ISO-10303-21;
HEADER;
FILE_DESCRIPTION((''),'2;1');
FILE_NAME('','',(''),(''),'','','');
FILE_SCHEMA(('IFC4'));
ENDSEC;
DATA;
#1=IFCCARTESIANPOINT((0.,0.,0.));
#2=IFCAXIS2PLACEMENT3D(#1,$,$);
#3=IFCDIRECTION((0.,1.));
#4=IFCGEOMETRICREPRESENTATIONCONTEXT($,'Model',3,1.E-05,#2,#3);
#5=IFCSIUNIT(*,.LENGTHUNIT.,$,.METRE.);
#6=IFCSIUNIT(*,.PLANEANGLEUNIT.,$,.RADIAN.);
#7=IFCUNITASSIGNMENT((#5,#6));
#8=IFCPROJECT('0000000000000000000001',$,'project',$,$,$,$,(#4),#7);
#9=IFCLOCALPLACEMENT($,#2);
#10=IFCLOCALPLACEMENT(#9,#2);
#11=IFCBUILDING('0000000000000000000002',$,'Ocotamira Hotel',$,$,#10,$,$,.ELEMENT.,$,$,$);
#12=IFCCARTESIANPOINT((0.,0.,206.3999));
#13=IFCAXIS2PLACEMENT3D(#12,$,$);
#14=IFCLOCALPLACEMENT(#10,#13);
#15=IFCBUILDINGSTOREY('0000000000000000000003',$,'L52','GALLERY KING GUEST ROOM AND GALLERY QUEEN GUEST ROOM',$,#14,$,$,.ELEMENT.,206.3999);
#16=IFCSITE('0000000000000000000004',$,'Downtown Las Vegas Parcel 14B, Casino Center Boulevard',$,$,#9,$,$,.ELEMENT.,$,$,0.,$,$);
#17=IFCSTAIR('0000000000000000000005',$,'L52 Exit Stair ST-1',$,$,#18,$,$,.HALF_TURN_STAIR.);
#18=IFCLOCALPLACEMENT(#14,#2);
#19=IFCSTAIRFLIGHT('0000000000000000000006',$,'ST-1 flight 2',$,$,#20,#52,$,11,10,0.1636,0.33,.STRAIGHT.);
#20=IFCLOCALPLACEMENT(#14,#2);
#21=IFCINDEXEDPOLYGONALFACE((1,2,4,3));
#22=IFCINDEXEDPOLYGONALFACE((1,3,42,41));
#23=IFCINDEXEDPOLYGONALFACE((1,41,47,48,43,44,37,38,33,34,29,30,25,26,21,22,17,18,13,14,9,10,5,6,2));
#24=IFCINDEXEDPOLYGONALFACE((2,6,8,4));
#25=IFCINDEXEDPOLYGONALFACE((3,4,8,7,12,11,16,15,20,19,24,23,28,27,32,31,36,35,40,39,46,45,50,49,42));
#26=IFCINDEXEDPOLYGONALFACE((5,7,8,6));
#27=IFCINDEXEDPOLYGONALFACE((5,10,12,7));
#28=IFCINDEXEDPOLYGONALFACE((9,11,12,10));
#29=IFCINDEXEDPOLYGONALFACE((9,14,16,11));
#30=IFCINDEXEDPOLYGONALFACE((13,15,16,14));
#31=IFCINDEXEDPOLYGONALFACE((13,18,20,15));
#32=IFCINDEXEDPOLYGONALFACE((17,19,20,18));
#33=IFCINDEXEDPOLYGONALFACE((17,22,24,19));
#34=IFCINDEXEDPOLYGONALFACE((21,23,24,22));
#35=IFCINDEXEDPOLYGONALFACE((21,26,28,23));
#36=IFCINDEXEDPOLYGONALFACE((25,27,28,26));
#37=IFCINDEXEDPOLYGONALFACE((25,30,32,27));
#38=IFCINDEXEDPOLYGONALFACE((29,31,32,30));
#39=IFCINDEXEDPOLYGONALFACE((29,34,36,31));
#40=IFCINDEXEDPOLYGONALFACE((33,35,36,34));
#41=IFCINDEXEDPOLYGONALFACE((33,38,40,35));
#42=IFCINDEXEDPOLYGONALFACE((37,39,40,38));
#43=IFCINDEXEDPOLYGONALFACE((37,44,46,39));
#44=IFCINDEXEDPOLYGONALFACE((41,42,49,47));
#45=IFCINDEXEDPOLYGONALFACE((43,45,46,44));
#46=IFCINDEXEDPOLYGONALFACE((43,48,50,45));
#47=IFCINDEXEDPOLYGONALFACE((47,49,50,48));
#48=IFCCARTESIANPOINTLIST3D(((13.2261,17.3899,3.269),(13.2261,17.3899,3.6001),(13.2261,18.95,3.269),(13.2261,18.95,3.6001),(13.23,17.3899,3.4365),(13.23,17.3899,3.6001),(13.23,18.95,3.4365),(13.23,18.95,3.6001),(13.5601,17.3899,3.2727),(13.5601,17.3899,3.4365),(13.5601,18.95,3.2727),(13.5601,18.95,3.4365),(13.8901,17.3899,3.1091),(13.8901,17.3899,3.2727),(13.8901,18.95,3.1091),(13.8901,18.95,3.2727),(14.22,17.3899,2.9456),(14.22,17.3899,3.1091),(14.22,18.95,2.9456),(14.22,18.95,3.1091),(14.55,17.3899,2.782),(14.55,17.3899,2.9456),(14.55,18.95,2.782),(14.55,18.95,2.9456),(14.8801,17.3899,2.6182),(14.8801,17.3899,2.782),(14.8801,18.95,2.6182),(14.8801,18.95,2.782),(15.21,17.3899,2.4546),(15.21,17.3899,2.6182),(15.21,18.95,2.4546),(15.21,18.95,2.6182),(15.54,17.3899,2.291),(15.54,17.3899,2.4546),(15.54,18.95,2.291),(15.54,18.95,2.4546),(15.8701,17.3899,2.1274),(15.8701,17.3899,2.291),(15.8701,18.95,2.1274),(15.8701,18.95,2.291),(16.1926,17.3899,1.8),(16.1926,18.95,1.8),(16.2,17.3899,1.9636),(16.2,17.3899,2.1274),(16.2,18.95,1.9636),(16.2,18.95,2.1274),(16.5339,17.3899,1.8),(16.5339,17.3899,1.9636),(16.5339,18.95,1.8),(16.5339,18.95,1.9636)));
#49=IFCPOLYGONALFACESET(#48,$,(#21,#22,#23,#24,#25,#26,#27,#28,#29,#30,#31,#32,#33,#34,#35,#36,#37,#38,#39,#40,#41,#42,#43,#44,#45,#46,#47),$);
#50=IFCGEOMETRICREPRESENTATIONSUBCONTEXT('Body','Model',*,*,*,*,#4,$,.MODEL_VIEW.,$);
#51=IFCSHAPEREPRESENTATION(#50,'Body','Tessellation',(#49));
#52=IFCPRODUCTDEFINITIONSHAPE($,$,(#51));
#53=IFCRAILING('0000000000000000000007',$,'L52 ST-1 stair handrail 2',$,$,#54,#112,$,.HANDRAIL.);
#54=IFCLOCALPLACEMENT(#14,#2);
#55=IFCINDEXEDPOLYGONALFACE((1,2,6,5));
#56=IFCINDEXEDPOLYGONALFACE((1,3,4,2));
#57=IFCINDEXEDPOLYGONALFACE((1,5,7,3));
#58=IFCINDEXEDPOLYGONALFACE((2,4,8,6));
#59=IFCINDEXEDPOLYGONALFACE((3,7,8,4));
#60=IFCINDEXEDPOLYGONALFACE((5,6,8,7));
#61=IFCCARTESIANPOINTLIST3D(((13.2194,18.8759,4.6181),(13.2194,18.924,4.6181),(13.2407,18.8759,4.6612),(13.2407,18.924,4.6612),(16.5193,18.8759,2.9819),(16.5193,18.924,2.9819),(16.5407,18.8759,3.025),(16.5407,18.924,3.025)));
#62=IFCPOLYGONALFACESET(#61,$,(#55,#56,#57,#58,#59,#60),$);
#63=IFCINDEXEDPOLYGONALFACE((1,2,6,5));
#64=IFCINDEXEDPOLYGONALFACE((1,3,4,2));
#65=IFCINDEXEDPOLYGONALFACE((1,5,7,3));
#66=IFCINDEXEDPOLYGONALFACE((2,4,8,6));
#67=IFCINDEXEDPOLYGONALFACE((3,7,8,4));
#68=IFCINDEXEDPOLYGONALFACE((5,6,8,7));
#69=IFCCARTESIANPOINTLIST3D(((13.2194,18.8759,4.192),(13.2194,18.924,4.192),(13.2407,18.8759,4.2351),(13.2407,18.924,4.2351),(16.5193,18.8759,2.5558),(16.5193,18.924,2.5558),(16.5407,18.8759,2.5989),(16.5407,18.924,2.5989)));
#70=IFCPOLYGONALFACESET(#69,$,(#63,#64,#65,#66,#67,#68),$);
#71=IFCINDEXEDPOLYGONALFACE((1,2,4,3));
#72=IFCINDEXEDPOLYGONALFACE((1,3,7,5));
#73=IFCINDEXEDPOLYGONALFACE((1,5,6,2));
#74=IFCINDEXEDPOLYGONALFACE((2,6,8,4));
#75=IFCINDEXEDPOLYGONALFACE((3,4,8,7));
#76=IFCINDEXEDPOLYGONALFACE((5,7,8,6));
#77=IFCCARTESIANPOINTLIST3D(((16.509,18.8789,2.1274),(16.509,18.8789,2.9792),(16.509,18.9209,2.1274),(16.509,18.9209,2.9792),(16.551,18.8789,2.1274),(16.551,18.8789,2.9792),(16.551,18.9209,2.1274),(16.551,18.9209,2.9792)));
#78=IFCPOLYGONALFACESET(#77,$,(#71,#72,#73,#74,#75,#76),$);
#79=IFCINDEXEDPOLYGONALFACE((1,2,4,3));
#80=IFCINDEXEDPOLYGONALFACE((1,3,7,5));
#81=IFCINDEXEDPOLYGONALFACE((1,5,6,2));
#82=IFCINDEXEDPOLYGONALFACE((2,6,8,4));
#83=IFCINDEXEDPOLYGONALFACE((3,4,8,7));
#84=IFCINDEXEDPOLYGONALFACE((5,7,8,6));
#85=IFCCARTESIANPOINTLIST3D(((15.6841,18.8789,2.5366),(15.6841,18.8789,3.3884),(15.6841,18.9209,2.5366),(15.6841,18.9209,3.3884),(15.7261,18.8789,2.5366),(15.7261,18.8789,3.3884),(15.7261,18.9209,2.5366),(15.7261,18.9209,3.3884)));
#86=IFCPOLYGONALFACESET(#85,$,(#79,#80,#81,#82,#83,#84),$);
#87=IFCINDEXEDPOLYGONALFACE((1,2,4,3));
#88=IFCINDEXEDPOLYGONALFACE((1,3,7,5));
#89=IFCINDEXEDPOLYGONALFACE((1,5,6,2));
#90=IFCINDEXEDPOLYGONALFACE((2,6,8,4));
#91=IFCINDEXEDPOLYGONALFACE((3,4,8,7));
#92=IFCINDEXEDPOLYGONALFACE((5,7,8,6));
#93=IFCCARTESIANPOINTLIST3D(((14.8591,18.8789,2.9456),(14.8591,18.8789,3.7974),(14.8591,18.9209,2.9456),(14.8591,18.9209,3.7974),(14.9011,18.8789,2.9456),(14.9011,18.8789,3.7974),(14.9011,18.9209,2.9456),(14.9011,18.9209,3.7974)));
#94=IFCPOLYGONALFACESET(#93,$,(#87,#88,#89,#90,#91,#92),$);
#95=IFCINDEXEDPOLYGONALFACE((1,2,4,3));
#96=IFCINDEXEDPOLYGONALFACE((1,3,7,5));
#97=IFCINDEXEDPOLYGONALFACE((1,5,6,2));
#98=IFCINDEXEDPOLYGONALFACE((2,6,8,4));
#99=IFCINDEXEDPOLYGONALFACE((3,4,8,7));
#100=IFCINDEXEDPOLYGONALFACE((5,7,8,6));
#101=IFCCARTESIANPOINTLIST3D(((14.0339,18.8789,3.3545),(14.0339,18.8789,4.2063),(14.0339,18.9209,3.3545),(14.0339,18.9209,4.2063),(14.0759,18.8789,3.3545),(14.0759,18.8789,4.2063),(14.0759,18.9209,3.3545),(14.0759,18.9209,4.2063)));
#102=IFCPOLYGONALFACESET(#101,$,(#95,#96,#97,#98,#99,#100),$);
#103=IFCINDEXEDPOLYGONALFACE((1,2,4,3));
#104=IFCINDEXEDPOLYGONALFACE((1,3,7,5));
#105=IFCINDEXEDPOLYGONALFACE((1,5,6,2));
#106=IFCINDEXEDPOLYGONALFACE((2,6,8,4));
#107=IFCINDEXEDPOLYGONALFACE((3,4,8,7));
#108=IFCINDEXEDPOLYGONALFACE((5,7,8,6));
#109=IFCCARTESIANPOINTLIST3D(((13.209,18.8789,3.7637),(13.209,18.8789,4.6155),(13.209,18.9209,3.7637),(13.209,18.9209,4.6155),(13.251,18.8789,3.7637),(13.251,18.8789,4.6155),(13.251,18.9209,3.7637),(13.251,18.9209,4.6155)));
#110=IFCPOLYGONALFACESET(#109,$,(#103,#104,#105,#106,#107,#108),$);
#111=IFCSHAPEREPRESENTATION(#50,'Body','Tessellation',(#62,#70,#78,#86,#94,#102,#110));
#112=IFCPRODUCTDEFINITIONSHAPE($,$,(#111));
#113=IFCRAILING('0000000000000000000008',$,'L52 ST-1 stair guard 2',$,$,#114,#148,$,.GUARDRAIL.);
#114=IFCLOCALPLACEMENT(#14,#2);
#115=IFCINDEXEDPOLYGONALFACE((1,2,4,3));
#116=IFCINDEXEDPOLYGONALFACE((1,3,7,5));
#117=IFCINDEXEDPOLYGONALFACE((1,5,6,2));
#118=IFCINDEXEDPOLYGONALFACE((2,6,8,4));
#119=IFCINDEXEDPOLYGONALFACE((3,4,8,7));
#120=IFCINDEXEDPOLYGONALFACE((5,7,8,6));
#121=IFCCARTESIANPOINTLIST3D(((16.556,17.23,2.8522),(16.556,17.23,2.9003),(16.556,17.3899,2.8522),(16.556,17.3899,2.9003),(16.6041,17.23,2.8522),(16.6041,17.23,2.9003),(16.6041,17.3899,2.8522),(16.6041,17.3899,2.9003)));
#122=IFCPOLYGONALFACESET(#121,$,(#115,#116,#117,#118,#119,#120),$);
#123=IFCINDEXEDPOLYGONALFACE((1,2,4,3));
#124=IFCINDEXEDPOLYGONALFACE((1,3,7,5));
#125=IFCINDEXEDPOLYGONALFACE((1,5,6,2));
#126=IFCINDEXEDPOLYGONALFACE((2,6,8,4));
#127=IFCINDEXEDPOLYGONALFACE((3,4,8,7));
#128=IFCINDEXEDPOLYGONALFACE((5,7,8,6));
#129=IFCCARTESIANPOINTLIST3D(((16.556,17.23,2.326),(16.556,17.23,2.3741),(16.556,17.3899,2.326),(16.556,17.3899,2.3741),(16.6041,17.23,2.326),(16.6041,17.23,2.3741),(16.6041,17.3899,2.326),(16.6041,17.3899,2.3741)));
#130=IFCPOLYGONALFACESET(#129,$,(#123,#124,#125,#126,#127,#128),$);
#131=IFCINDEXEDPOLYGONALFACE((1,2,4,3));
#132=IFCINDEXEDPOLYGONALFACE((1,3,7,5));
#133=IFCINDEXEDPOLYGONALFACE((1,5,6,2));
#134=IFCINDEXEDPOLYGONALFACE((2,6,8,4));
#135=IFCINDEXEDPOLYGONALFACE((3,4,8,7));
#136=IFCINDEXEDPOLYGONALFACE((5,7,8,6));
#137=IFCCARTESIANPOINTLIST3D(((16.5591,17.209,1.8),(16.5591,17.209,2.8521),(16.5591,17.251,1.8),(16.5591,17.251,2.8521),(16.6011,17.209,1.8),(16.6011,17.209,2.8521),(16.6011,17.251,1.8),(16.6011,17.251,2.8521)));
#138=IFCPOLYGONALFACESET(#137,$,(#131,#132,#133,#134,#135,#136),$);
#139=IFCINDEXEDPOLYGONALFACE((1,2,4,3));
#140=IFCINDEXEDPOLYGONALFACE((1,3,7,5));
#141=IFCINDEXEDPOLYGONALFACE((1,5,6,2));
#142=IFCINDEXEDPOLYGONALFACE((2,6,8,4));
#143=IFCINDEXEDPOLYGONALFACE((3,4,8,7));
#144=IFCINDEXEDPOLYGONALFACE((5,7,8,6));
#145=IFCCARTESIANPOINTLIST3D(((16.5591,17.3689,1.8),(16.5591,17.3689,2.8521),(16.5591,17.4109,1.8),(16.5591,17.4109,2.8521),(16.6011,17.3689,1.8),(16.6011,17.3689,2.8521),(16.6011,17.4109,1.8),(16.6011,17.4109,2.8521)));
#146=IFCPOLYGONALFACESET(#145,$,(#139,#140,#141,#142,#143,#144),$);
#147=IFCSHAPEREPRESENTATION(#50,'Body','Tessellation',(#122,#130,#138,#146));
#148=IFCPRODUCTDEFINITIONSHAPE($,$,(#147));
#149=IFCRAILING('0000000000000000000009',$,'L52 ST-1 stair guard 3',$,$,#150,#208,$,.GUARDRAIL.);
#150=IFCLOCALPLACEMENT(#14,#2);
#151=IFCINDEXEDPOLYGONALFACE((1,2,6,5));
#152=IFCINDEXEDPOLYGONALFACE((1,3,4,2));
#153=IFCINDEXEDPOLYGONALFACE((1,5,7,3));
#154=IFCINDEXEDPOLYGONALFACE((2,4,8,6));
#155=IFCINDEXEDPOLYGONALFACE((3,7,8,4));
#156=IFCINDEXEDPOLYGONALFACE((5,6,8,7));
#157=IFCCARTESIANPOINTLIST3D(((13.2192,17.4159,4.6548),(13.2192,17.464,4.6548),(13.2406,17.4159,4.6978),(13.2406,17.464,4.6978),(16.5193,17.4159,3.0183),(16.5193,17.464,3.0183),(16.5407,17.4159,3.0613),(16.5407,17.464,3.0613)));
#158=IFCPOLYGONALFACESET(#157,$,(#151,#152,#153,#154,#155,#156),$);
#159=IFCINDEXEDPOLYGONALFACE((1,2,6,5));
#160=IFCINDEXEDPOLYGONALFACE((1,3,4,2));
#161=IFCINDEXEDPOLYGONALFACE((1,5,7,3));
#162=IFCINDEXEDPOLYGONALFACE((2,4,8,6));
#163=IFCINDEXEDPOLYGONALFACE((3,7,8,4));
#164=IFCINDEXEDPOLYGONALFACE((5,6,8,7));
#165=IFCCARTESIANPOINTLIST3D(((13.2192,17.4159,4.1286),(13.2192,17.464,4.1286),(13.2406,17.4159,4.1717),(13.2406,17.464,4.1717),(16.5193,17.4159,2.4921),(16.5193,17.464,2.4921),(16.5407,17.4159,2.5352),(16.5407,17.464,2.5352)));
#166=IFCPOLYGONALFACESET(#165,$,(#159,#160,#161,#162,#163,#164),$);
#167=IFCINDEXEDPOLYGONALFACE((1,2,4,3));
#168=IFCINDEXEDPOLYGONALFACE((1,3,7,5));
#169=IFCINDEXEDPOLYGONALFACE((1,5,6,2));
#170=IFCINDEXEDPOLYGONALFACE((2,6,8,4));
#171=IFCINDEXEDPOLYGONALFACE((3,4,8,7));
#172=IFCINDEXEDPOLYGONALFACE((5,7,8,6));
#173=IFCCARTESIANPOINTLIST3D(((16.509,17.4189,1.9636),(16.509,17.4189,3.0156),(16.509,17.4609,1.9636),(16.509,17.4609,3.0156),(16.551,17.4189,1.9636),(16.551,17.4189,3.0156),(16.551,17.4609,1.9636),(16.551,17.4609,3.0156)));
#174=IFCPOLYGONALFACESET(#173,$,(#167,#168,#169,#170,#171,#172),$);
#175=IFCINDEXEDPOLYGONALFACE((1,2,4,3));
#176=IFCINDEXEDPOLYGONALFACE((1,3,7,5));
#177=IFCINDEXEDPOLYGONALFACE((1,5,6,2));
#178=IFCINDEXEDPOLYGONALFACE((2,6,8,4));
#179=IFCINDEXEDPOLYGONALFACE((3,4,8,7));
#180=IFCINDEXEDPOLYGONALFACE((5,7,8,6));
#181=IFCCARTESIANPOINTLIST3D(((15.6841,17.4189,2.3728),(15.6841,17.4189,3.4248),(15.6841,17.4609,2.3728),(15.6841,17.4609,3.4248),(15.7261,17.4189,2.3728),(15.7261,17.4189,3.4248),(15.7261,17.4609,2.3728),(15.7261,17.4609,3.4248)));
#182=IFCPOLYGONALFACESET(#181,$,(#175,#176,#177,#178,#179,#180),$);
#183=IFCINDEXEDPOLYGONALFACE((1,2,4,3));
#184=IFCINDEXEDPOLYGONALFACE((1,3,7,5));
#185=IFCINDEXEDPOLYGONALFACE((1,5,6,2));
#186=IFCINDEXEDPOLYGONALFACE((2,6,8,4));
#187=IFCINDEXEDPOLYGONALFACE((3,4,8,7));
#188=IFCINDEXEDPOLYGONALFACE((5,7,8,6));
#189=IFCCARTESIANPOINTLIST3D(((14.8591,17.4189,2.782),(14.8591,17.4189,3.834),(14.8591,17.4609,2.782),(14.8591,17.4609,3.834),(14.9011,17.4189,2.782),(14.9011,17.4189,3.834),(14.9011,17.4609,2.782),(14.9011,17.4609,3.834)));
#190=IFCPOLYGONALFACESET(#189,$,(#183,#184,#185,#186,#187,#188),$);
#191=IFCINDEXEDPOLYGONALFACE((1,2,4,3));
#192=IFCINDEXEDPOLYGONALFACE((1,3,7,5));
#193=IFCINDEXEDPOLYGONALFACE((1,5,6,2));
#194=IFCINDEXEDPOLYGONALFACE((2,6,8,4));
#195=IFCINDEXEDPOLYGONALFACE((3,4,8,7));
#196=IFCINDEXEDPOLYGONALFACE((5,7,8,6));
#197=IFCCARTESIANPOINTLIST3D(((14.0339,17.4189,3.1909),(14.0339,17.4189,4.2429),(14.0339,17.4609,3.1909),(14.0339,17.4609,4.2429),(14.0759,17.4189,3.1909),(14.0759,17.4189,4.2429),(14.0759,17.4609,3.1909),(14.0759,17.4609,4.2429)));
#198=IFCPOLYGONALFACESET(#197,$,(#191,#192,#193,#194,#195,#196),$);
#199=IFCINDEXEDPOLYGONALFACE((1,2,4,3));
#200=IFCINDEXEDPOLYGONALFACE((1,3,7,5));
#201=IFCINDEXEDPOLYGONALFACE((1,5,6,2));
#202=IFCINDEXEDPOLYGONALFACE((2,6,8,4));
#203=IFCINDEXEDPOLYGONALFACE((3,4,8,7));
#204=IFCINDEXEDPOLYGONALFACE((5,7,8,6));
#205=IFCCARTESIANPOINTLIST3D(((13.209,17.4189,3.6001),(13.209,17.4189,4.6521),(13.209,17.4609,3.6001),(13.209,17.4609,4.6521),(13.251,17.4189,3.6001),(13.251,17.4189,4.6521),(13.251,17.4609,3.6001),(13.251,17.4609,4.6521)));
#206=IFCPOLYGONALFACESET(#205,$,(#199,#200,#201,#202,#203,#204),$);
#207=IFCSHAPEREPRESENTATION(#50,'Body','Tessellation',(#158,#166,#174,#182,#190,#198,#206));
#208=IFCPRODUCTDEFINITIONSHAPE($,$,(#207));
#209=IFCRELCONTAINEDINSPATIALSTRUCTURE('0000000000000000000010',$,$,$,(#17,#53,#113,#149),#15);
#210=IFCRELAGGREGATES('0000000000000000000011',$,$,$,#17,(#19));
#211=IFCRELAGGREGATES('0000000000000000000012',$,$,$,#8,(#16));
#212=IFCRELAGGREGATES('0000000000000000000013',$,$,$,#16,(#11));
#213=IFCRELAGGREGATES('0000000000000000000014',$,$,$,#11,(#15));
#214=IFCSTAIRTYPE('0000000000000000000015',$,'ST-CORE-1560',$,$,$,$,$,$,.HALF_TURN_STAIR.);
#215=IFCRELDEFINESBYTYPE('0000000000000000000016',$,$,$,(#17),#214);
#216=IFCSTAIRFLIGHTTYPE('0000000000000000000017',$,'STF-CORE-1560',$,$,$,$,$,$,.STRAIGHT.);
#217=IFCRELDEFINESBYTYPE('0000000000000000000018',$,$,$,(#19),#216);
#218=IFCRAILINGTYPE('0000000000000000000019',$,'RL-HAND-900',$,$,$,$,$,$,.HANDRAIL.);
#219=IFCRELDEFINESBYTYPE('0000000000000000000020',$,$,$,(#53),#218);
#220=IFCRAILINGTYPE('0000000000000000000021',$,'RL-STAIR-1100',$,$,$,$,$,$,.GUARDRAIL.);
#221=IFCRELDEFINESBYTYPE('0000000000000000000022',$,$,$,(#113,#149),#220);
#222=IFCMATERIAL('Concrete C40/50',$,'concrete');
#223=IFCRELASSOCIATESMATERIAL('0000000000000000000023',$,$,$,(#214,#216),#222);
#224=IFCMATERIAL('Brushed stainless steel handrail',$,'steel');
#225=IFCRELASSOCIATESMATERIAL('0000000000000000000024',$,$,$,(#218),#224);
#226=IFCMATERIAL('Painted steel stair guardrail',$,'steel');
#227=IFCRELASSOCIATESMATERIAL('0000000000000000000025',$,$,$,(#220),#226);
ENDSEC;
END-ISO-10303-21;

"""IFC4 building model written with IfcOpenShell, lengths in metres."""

from ifc_helpers import new_model, si_unit, direction, frame, origin, origin_2d, place, context, subcontext, project, spatial, polyline, rectangle, outline, extrude, source, transform, mapped, material, type_object, element, aggregate, save


model = new_model("IFC4")

# Units and contexts
model_context = context("Model", 3, precision=1e-05, world=origin(), true_north=direction((0.0, 1.0)))
body_context = subcontext(model_context, "Body", "Model", "MODEL_VIEW")
ifc_project = project(units=[si_unit("LENGTHUNIT", "METRE"), si_unit("PLANEANGLEUNIT", "RADIAN")], contexts=[model_context])

# Site, building, storey
site_placement = place(None, origin())
site = spatial("IfcSite", under=ifc_project, at=site_placement, Name="Downtown Las Vegas Parcel 14B, Casino Center Boulevard", CompositionType="ELEMENT", RefElevation=0.0)
building_placement = place(site_placement, origin())
building = spatial("IfcBuilding", under=site, at=building_placement, Name="Ocotamira Hotel", CompositionType="ELEMENT")
storey_placement = place(building_placement, frame((0.0, 0.0, 206.3999)))
storey = spatial("IfcBuildingStorey", under=building, at=storey_placement, Name="L52", Description="GALLERY KING GUEST ROOM AND GALLERY QUEEN GUEST ROOM", CompositionType="ELEMENT", Elevation=206.3999)

# Stair, stair flight
ifc_material_1 = material(Name="Concrete C40/50", Category="concrete")
stair_type = type_object("IfcStairType", Name="ST-CORE-1560", PredefinedType="HALF_TURN_STAIR", material=ifc_material_1)
stair_placement = place(storey_placement, origin())
stair = element("IfcStair", 1, at=stair_placement, inside=storey, type_object=stair_type, Name="L52 Exit Stair ST-1", PredefinedType="HALF_TURN_STAIR")
stair_flight_type = type_object("IfcStairFlightType", Name="STF-CORE-1560", PredefinedType="STRAIGHT", material=ifc_material_1)
shared_shape_1 = source(origin(), body_context, "Body", "SweptSolid", [
    extrude(outline(polyline([(-0.0039, 0.0), (-0.0039, 0.1636), (0.3301, 0.1636), (0.3301, 0.3274), (0.6599, 0.3274), (0.6599, 0.491), (0.99, 0.491), (0.99, 0.6545), (1.3201, 0.6545), (1.3201, 0.8181), (1.6499, 0.8181), (1.6499, 0.9819), (1.98, 0.9819), (1.98, 1.1455), (2.3101, 1.1455), (2.3101, 1.3091), (2.6399, 1.3091), (2.6399, 1.4727), (2.97, 1.4727), (2.97, 1.6365), (3.3, 1.6365), (3.3, 1.8), (3.304, 1.8), (3.304, 1.469), (0.3374, 0.0), (-0.0039, 0.0)])), frame((0.0, 0.78, 0.0), z_axis=(0.0, -1.0, 0.0), x_axis=(1.0, 0.0, 0.0)), (0.0, 0.0, 1.0), 1.5601),
])
stair_flight_placement = place(storey_placement, frame((16.53, 18.1699, 1.8), z_axis=(0.0, 0.0, 1.0), x_axis=(-1.0, 0.0, 0.0)))
stair_flight = element("IfcStairFlight", 2, at=stair_flight_placement, type_object=stair_flight_type, Name="ST-1 flight 2", NumberOfRisers=11, NumberOfTreads=10, PredefinedType="STRAIGHT", RiserHeight=0.1636, TreadLength=0.33, context=body_context, shape_type="MappedRepresentation", body=[
    mapped(shared_shape_1, transform((0.0, 0.0, 0.0), scale=1.0)),
])
aggregate(stair, [stair_flight])

# Railings
ifc_material_2 = material(Name="Brushed stainless steel handrail", Category="steel")
railing_type_1 = type_object("IfcRailingType", Name="RL-HAND-900", PredefinedType="HANDRAIL", material=ifc_material_2)
railing_1_placement = place(storey_placement, frame((16.53, 18.8999, 2.1274)))
element("IfcRailing", 3, at=railing_1_placement, inside=storey, type_object=railing_type_1, Name="L52 ST-1 stair handrail 2", PredefinedType="HANDRAIL", context=body_context, shape_type="SweptSolid", body=[
    extrude(rectangle(XDim=0.0481, YDim=0.0481, at=origin_2d()), frame((0.0, 0.0, 0.876), z_axis=(-0.89592, 0.0, 0.444215), x_axis=(0.0, -1.0, 0.0)), (0.0, 0.0, 1.0), 3.6833),
    extrude(rectangle(XDim=0.0481, YDim=0.0481, at=origin_2d()), frame((0.0, 0.0, 0.45), z_axis=(-0.89592, 0.0, 0.444215), x_axis=(0.0, -1.0, 0.0)), (0.0, 0.0, 1.0), 3.6833),
    extrude(rectangle(XDim=0.042, YDim=0.042, at=origin_2d()), origin(), (0.0, 0.0, 1.0), 0.8518),
    extrude(rectangle(XDim=0.042, YDim=0.042, at=origin_2d()), frame((-0.825, 0.0, 0.4092)), (0.0, 0.0, 1.0), 0.8518),
    extrude(rectangle(XDim=0.042, YDim=0.042, at=origin_2d()), frame((-1.6499, 0.0, 0.8181)), (0.0, 0.0, 1.0), 0.8518),
    extrude(rectangle(XDim=0.042, YDim=0.042, at=origin_2d()), frame((-2.4751, 0.0, 1.2271)), (0.0, 0.0, 1.0), 0.8518),
    extrude(rectangle(XDim=0.042, YDim=0.042, at=origin_2d()), frame((-3.3, 0.0, 1.6362)), (0.0, 0.0, 1.0), 0.8518),
])
ifc_material_3 = material(Name="Painted steel stair guardrail", Category="steel")
railing_type_2 = type_object("IfcRailingType", Name="RL-STAIR-1100", PredefinedType="GUARDRAIL", material=ifc_material_3)
railing_2_placement = place(storey_placement, frame((16.5801, 17.23, 1.8)))
element("IfcRailing", 4, at=railing_2_placement, inside=storey, type_object=railing_type_2, Name="L52 ST-1 stair guard 2", PredefinedType="GUARDRAIL", context=body_context, shape_type="SweptSolid", body=[
    extrude(rectangle(XDim=0.0481, YDim=0.0481, at=origin_2d()), frame((0.0, 0.0, 1.0762), z_axis=(0.0, 1.0, 0.0), x_axis=(-1.0, 0.0, 0.0)), (0.0, 0.0, 1.0), 0.1599),
    extrude(rectangle(XDim=0.0481, YDim=0.0481, at=origin_2d()), frame((0.0, 0.0, 0.55), z_axis=(0.0, 1.0, 0.0), x_axis=(-1.0, 0.0, 0.0)), (0.0, 0.0, 1.0), 0.1599),
    extrude(rectangle(XDim=0.042, YDim=0.042, at=origin_2d()), origin(), (0.0, 0.0, 1.0), 1.052),
    extrude(rectangle(XDim=0.042, YDim=0.042, at=origin_2d()), frame((0.0, 0.1599, 0.0)), (0.0, 0.0, 1.0), 1.052),
])
railing_3_placement = place(storey_placement, frame((16.53, 17.4399, 1.9636)))
element("IfcRailing", 5, at=railing_3_placement, inside=storey, type_object=railing_type_2, Name="L52 ST-1 stair guard 3", PredefinedType="GUARDRAIL", context=body_context, shape_type="SweptSolid", body=[
    extrude(rectangle(XDim=0.0481, YDim=0.0481, at=origin_2d()), frame((0.0, 0.0, 1.0762), z_axis=(-0.895894, 0.0, 0.444268), x_axis=(0.0, -1.0, 0.0)), (0.0, 0.0, 1.0), 3.6836),
    extrude(rectangle(XDim=0.0481, YDim=0.0481, at=origin_2d()), frame((0.0, 0.0, 0.55), z_axis=(-0.895894, 0.0, 0.444268), x_axis=(0.0, -1.0, 0.0)), (0.0, 0.0, 1.0), 3.6836),
    extrude(rectangle(XDim=0.042, YDim=0.042, at=origin_2d()), origin(), (0.0, 0.0, 1.0), 1.052),
    extrude(rectangle(XDim=0.042, YDim=0.042, at=origin_2d()), frame((-0.825, 0.0, 0.4092)), (0.0, 0.0, 1.0), 1.052),
    extrude(rectangle(XDim=0.042, YDim=0.042, at=origin_2d()), frame((-1.6499, 0.0, 0.8184)), (0.0, 0.0, 1.0), 1.052),
    extrude(rectangle(XDim=0.042, YDim=0.042, at=origin_2d()), frame((-2.4751, 0.0, 1.2273)), (0.0, 0.0, 1.0), 1.052),
    extrude(rectangle(XDim=0.042, YDim=0.042, at=origin_2d()), frame((-3.3, 0.0, 1.6365)), (0.0, 0.0, 1.0), 1.052),
])

save(model, "model.ifc")
